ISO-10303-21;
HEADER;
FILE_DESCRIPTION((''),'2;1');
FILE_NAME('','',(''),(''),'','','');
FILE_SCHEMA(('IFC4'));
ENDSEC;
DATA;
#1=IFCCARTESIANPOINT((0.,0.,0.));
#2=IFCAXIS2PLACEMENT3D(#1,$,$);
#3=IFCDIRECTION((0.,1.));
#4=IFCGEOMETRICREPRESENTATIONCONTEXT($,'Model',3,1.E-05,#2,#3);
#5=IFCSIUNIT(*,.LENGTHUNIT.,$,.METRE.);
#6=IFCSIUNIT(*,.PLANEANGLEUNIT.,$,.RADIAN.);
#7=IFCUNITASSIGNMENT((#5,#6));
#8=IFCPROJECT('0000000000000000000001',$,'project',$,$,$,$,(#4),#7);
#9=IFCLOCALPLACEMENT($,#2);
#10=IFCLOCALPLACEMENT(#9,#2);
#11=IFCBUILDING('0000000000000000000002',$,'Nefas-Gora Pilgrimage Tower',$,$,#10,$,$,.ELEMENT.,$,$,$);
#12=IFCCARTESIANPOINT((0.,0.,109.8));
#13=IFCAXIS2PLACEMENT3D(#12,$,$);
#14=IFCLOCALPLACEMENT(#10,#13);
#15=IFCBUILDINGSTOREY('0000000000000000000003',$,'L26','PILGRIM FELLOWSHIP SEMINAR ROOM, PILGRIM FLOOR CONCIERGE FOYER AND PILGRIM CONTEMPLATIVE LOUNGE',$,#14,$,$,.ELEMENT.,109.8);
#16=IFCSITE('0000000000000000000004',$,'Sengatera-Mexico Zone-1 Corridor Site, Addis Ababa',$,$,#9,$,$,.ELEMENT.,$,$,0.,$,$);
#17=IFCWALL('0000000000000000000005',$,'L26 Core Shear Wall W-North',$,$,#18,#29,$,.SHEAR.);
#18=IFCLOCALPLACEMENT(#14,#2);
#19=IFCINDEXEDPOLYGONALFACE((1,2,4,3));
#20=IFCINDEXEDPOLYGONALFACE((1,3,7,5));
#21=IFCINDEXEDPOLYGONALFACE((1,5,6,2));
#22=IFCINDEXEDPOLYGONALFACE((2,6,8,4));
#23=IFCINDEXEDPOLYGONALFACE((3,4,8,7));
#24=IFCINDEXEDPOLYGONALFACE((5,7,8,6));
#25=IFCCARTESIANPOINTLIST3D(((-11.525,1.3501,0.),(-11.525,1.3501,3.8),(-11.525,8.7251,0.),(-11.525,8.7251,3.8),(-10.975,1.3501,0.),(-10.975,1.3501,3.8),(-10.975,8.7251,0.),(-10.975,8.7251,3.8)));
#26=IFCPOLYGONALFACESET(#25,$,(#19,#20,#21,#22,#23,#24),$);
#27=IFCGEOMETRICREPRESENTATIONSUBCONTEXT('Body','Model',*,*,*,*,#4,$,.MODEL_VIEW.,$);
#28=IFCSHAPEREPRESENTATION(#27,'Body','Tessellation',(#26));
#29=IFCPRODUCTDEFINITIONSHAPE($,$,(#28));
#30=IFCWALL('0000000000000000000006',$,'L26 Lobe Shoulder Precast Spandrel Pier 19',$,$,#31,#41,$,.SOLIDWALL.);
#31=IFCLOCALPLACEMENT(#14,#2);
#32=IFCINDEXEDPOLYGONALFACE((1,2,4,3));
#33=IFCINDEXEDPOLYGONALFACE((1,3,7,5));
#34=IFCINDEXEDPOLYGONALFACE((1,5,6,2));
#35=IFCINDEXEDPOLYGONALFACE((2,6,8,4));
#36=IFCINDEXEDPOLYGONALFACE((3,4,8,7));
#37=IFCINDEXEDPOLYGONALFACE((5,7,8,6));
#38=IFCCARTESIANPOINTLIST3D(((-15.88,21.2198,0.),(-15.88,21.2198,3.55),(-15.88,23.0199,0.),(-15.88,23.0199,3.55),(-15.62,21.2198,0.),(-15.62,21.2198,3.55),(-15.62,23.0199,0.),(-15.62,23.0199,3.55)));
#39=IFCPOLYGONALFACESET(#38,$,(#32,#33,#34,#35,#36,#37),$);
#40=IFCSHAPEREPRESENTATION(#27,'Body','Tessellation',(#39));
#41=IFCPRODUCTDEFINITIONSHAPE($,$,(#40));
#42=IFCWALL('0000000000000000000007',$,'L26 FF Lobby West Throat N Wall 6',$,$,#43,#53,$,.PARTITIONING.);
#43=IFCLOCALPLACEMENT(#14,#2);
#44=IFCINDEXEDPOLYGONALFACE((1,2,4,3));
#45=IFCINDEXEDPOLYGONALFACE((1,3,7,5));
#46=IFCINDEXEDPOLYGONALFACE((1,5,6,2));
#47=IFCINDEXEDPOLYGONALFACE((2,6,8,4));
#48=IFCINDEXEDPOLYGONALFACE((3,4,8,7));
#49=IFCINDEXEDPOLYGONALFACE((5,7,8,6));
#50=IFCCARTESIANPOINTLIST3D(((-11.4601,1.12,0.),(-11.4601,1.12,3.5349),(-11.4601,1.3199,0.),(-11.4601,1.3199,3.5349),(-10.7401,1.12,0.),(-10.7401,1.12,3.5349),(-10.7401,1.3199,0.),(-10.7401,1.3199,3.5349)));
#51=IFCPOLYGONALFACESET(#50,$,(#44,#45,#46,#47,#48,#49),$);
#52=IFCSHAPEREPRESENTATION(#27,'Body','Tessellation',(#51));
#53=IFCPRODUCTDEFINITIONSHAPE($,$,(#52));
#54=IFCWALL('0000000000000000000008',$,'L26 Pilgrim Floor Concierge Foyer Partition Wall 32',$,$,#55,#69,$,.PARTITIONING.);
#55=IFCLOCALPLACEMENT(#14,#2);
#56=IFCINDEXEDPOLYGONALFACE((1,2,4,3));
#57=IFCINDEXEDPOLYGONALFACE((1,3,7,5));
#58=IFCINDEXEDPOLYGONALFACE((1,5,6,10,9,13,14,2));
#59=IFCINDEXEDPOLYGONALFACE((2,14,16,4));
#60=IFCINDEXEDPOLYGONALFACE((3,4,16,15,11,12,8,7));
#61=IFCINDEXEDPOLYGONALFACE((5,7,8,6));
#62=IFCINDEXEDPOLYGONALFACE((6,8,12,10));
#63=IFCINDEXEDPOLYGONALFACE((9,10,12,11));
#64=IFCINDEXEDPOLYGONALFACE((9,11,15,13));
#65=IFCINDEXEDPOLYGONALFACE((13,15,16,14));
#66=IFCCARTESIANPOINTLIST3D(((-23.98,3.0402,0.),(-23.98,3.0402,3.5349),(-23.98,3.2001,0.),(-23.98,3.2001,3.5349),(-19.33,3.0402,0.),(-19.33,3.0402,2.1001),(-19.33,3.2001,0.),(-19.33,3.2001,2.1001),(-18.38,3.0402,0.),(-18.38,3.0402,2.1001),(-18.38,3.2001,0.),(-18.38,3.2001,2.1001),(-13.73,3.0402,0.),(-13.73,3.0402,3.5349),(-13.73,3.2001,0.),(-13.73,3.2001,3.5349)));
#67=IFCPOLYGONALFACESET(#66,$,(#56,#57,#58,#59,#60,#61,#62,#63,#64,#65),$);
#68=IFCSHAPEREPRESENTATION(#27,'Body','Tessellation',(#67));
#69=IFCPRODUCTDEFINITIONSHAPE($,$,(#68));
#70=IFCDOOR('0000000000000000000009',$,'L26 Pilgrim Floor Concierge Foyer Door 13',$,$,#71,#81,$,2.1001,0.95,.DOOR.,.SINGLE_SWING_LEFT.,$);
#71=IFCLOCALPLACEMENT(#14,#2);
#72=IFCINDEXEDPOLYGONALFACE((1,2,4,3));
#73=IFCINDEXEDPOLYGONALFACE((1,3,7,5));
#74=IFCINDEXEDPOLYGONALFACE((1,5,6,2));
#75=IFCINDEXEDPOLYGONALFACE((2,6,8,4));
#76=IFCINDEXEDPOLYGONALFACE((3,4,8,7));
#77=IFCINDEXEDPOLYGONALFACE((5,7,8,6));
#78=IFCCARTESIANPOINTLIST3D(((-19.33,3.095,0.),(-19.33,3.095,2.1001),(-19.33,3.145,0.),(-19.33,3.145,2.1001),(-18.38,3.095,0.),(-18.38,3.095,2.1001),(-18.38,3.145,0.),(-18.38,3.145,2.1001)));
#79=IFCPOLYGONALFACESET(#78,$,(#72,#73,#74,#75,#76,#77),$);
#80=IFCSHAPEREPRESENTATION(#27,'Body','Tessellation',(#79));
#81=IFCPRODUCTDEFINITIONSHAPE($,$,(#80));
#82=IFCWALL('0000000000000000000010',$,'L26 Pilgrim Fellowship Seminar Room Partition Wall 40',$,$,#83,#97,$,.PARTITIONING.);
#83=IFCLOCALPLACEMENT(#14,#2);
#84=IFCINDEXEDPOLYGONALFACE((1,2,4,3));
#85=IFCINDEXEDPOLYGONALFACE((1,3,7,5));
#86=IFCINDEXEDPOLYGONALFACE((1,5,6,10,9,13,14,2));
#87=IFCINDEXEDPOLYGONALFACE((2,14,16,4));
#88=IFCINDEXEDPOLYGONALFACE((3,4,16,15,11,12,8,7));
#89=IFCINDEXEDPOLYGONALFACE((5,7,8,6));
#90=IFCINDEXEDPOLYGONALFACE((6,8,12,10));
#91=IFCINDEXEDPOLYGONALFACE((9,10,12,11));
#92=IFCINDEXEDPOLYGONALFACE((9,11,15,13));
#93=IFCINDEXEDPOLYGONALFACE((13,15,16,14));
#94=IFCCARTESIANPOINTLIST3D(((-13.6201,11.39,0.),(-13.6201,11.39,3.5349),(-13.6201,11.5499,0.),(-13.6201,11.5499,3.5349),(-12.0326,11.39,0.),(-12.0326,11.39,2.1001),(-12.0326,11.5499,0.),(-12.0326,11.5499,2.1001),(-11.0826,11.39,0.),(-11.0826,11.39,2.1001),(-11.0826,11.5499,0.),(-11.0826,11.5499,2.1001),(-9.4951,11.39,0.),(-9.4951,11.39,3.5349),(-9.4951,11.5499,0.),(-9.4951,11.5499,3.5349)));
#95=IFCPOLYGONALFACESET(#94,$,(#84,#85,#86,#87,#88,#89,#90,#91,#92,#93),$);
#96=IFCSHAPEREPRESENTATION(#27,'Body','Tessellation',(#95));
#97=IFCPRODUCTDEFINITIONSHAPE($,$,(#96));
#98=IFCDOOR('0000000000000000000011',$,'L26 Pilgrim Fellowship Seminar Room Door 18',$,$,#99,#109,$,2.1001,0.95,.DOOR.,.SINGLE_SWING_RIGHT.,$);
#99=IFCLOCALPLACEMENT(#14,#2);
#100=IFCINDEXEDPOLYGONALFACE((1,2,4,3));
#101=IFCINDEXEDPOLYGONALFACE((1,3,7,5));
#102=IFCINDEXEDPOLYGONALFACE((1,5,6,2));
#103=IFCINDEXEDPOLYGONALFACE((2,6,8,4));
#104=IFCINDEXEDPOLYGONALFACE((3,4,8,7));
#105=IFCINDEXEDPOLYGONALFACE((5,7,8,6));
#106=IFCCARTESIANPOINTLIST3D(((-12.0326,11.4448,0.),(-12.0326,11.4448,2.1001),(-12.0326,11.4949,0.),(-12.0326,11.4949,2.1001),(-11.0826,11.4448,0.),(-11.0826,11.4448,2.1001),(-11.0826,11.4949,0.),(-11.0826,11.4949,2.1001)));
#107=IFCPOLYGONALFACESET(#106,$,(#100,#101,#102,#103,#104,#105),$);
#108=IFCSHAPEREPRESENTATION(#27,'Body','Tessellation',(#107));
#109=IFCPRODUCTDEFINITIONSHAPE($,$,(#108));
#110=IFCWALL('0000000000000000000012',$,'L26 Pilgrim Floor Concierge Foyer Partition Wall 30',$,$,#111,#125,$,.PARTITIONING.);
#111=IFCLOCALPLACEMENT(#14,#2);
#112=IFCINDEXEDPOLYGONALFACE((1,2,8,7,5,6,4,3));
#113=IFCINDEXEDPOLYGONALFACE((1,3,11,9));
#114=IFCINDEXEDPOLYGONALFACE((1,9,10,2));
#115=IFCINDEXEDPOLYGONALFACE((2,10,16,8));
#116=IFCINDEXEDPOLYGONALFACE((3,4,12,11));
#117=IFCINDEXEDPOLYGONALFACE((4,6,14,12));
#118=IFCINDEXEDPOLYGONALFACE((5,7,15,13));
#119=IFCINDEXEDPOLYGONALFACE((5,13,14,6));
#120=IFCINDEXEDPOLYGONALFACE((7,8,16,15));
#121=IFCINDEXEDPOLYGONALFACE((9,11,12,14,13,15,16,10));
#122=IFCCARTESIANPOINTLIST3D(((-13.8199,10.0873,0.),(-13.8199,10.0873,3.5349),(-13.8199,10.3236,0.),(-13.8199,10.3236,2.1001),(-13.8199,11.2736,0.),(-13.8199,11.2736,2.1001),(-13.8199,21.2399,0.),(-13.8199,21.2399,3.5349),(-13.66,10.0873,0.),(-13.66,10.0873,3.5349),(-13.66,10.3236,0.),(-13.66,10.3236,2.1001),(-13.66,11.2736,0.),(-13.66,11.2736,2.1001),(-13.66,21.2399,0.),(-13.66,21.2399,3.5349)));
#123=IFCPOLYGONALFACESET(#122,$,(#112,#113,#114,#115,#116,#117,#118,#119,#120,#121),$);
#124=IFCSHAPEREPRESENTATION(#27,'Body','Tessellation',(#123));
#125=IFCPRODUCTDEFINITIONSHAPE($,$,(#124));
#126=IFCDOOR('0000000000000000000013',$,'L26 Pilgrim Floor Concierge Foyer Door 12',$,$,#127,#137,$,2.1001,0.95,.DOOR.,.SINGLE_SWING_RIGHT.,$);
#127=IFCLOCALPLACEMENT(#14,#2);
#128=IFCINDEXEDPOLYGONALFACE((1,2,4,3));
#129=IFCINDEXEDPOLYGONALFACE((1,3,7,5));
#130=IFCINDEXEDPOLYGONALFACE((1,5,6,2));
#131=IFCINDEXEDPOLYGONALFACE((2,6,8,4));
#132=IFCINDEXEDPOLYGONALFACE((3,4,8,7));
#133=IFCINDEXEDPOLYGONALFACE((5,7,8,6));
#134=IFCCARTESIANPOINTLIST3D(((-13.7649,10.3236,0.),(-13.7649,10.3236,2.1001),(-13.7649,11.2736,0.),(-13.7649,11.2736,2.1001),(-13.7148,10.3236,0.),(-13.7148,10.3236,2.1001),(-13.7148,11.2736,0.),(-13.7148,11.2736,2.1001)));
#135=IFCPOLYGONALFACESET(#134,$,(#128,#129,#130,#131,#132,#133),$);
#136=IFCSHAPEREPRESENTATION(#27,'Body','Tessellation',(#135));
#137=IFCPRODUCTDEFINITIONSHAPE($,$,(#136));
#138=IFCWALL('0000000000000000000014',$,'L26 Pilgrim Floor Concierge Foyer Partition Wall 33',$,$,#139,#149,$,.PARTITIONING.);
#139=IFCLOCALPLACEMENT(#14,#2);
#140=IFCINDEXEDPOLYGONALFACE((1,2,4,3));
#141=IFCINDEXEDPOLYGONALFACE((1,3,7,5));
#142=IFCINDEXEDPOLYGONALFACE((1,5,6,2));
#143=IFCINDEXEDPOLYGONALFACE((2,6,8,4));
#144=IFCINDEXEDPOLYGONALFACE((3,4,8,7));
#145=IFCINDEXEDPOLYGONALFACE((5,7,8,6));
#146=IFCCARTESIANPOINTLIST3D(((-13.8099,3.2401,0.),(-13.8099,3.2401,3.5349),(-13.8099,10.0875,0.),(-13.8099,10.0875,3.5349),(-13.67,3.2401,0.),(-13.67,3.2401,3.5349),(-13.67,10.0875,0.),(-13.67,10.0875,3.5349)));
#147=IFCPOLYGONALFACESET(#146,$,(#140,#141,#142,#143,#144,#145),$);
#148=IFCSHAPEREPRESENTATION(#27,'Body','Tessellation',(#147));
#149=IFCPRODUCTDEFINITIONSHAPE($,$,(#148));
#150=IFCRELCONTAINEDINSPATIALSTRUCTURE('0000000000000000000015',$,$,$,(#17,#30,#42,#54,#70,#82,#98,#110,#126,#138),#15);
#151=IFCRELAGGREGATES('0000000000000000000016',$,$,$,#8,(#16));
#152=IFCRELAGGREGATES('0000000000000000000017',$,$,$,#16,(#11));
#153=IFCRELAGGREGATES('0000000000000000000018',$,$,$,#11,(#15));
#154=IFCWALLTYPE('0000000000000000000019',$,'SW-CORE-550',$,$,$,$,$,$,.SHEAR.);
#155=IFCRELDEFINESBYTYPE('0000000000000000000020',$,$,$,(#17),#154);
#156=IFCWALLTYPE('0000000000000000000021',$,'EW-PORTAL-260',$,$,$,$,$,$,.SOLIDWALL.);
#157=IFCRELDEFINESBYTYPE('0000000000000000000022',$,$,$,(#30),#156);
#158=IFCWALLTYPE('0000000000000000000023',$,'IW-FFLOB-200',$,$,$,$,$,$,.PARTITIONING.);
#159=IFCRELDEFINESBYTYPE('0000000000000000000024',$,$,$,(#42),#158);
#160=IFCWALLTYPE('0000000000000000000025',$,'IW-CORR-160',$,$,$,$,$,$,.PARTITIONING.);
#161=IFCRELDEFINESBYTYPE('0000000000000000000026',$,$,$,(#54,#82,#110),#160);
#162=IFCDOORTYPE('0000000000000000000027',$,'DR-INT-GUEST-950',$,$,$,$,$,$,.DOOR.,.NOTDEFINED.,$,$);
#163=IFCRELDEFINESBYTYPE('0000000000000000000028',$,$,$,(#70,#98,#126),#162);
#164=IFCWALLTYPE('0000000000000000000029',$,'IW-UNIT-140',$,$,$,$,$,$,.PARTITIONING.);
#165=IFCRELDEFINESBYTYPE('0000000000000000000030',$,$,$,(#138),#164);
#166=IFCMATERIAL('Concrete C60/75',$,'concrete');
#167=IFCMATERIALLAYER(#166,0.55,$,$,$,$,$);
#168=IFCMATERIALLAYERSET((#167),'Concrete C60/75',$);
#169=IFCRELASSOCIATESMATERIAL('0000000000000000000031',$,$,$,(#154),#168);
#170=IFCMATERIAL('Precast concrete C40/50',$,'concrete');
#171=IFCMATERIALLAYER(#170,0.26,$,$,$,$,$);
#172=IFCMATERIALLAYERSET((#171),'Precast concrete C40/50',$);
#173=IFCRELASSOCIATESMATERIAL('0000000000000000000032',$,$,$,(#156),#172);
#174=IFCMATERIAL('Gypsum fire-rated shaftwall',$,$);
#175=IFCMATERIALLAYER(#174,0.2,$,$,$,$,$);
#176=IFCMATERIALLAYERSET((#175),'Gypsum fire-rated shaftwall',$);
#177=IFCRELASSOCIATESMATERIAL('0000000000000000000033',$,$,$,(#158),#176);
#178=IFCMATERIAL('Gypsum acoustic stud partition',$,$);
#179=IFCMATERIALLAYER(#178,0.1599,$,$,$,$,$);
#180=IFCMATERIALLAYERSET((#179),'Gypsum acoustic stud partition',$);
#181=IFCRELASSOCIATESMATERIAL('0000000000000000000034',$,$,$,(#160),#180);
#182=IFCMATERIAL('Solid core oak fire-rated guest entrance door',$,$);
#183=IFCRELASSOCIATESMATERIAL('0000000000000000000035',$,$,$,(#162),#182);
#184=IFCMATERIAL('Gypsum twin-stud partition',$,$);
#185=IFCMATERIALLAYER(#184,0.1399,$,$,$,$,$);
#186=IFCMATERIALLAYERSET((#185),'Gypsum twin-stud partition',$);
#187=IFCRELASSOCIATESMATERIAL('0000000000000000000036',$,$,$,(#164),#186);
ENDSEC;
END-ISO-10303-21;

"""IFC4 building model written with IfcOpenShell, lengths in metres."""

from ifc_helpers import new_model, si_unit, direction, frame, frame_2d, origin, place, context, subcontext, project, spatial, rectangle, extrude, source, transform, mapped, material, layer, layer_set, type_object, element, fill, save


model = new_model("IFC4")

# Units and contexts
model_context = context("Model", 3, precision=1e-05, world=origin(), true_north=direction((0.0, 1.0)))
body_context = subcontext(model_context, "Body", "Model", "MODEL_VIEW")
ifc_project = project(units=[si_unit("LENGTHUNIT", "METRE"), si_unit("PLANEANGLEUNIT", "RADIAN")], contexts=[model_context])

# Site, building, storey
site_placement = place(None, origin())
site = spatial("IfcSite", under=ifc_project, at=site_placement, Name="Sengatera-Mexico Zone-1 Corridor Site, Addis Ababa", CompositionType="ELEMENT", RefElevation=0.0)
building_placement = place(site_placement, origin())
building = spatial("IfcBuilding", under=site, at=building_placement, Name="Nefas-Gora Pilgrimage Tower", CompositionType="ELEMENT")
storey_placement = place(building_placement, frame((0.0, 0.0, 109.8)))
storey = spatial("IfcBuildingStorey", under=building, at=storey_placement, Name="L26", Description="PILGRIM FELLOWSHIP SEMINAR ROOM, PILGRIM FLOOR CONCIERGE FOYER AND PILGRIM CONTEMPLATIVE LOUNGE", CompositionType="ELEMENT", Elevation=109.8)

# Walls
ifc_material_1 = material(Name="Concrete C60/75", Category="concrete")
ifc_layer_1 = layer(ifc_material_1, 0.55)
ifc_layer_set_1 = layer_set([ifc_layer_1], Name="Concrete C60/75")
wall_type_1 = type_object("IfcWallType", Name="SW-CORE-550", PredefinedType="SHEAR", material=ifc_layer_set_1)
shared_shape_1 = source(origin(), body_context, "Body", "SweptSolid", [
    extrude(rectangle(XDim=7.375, YDim=0.55, at=frame_2d((3.6875, 0.0))), origin(), (0.0, 0.0, 1.0), 3.8),
])
wall_1_placement = place(storey_placement, frame((-11.25, 1.3501, 0.0), z_axis=(0.0, 0.0, 1.0), x_axis=(0.0, 1.0, 0.0)))
element("IfcWall", 1, at=wall_1_placement, inside=storey, type_object=wall_type_1, Name="L26 Core Shear Wall W-North", PredefinedType="SHEAR", context=body_context, shape_type="MappedRepresentation", body=[
    mapped(shared_shape_1, transform((0.0, 0.0, 0.0), x_axis=(1.0, 0.0, 0.0), y_axis=(0.0, 1.0, 0.0), z_axis=(0.0, 0.0, 1.0), scale=1.0)),
])
ifc_material_2 = material(Name="Precast concrete C40/50", Category="concrete")
ifc_layer_2 = layer(ifc_material_2, 0.26)
ifc_layer_set_2 = layer_set([ifc_layer_2], Name="Precast concrete C40/50")
wall_type_2 = type_object("IfcWallType", Name="EW-PORTAL-260", PredefinedType="SOLIDWALL", material=ifc_layer_set_2)
shared_shape_2 = source(origin(), body_context, "Body", "SweptSolid", [
    extrude(rectangle(XDim=1.8, YDim=0.26, at=frame_2d((0.8999, 0.0))), origin(), (0.0, 0.0, 1.0), 3.55),
])
wall_2_placement = place(storey_placement, frame((-15.75, 21.22, 0.0), z_axis=(0.0, 0.0, 1.0), x_axis=(0.0, 1.0, 0.0)))
element("IfcWall", 2, at=wall_2_placement, inside=storey, type_object=wall_type_2, Name="L26 Lobe Shoulder Precast Spandrel Pier 19", PredefinedType="SOLIDWALL", context=body_context, shape_type="MappedRepresentation", body=[
    mapped(shared_shape_2, transform((0.0, 0.0, 0.0), x_axis=(1.0, 0.0, 0.0), y_axis=(0.0, 1.0, 0.0), z_axis=(0.0, 0.0, 1.0), scale=1.0)),
])
ifc_material_3 = material(Name="Gypsum fire-rated shaftwall")
ifc_layer_3 = layer(ifc_material_3, 0.2)
ifc_layer_set_3 = layer_set([ifc_layer_3], Name="Gypsum fire-rated shaftwall")
wall_type_3 = type_object("IfcWallType", Name="IW-FFLOB-200", PredefinedType="PARTITIONING", material=ifc_layer_set_3)
shared_shape_3 = source(origin(), body_context, "Body", "SweptSolid", [
    extrude(rectangle(XDim=0.72, YDim=0.2, at=frame_2d((0.3599, 0.0))), origin(), (0.0, 0.0, 1.0), 3.5349),
])
wall_3_placement = place(storey_placement, frame((-11.46, 1.22, 0.0), z_axis=(0.0, 0.0, 1.0), x_axis=(1.0, 0.0, 0.0)))
element("IfcWall", 3, at=wall_3_placement, inside=storey, type_object=wall_type_3, Name="L26 FF Lobby West Throat N Wall 6", PredefinedType="PARTITIONING", context=body_context, shape_type="MappedRepresentation", body=[
    mapped(shared_shape_3, transform((0.0, 0.0, 0.0), x_axis=(1.0, 0.0, 0.0), y_axis=(0.0, 1.0, 0.0), z_axis=(0.0, 0.0, 1.0), scale=1.0)),
])

# Walls, openings, doors
ifc_material_4 = material(Name="Gypsum acoustic stud partition")
ifc_layer_4 = layer(ifc_material_4, 0.1599)
ifc_layer_set_4 = layer_set([ifc_layer_4], Name="Gypsum acoustic stud partition")
wall_type_4 = type_object("IfcWallType", Name="IW-CORR-160", PredefinedType="PARTITIONING", material=ifc_layer_set_4)
shared_shape_4 = source(origin(), body_context, "Body", "SweptSolid", [
    extrude(rectangle(XDim=10.25, YDim=0.1599, at=frame_2d((5.125, 0.0))), origin(), (0.0, 0.0, 1.0), 3.5349),
])
wall_4_placement = place(storey_placement, frame((-23.98, 3.1201, 0.0), z_axis=(0.0, 0.0, 1.0), x_axis=(1.0, 0.0, 0.0)))
wall_4 = element("IfcWall", 4, at=wall_4_placement, inside=storey, type_object=wall_type_4, Name="L26 Pilgrim Floor Concierge Foyer Partition Wall 32", PredefinedType="PARTITIONING", context=body_context, shape_type="MappedRepresentation", body=[
    mapped(shared_shape_4, transform((0.0, 0.0, 0.0), x_axis=(1.0, 0.0, 0.0), y_axis=(0.0, 1.0, 0.0), z_axis=(0.0, 0.0, 1.0), scale=1.0)),
])
opening_1_placement = place(wall_4_placement, frame((4.6499, 0.0, 0.0)))
opening_1 = element("IfcOpeningElement", 5, at=opening_1_placement, cuts=wall_4, PredefinedType="OPENING", context=body_context, shape_type="SweptSolid", body=[
    extrude(rectangle(XDim=0.95, YDim=2.1001, at=frame_2d((0.4751, 1.05))), frame((0.0, 0.0898, 0.0), z_axis=(0.0, -1.0, 0.0), x_axis=(1.0, 0.0, 0.0)), (0.0, 0.0, 1.0), 0.1799),
])
ifc_material_5 = material(Name="Solid core oak fire-rated guest entrance door")
door_type = type_object("IfcDoorType", Name="DR-INT-GUEST-950", OperationType="NOTDEFINED", PredefinedType="DOOR", material=ifc_material_5)
shared_shape_5 = source(origin(), body_context, "Body", "SweptSolid", [
    extrude(rectangle(XDim=0.95, YDim=2.1001, at=frame_2d((0.4751, 1.05))), frame((0.0, 0.0249, 0.0), z_axis=(0.0, -1.0, 0.0), x_axis=(1.0, 0.0, 0.0)), (0.0, 0.0, 1.0), 0.05),
])
door_1_placement = place(opening_1_placement, origin())
door_1 = element("IfcDoor", 6, at=door_1_placement, inside=storey, type_object=door_type, Name="L26 Pilgrim Floor Concierge Foyer Door 13", OperationType="SINGLE_SWING_LEFT", OverallHeight=2.1001, OverallWidth=0.95, PredefinedType="DOOR", context=body_context, shape_type="MappedRepresentation", body=[
    mapped(shared_shape_5, transform((0.0, 0.0, 0.0), x_axis=(1.0, 0.0, 0.0), y_axis=(0.0, 1.0, 0.0), z_axis=(0.0, 0.0, 1.0), scale=1.0)),
])
fill(opening_1, door_1)
shared_shape_6 = source(origin(), body_context, "Body", "SweptSolid", [
    extrude(rectangle(XDim=4.125, YDim=0.1599, at=frame_2d((2.0625, 0.0))), origin(), (0.0, 0.0, 1.0), 3.5349),
])
wall_5_placement = place(storey_placement, frame((-13.6201, 11.47, 0.0), z_axis=(0.0, 0.0, 1.0), x_axis=(1.0, 0.0, 0.0)))
wall_5 = element("IfcWall", 7, at=wall_5_placement, inside=storey, type_object=wall_type_4, Name="L26 Pilgrim Fellowship Seminar Room Partition Wall 40", PredefinedType="PARTITIONING", context=body_context, shape_type="MappedRepresentation", body=[
    mapped(shared_shape_6, transform((0.0, 0.0, 0.0), x_axis=(1.0, 0.0, 0.0), y_axis=(0.0, 1.0, 0.0), z_axis=(0.0, 0.0, 1.0), scale=1.0)),
])
opening_2_placement = place(wall_5_placement, frame((1.5874, 0.0, 0.0)))
opening_2 = element("IfcOpeningElement", 8, at=opening_2_placement, cuts=wall_5, PredefinedType="OPENING", context=body_context, shape_type="SweptSolid", body=[
    extrude(rectangle(XDim=0.95, YDim=2.1001, at=frame_2d((0.4751, 1.05))), frame((0.0, 0.0898, 0.0), z_axis=(0.0, -1.0, 0.0), x_axis=(1.0, 0.0, 0.0)), (0.0, 0.0, 1.0), 0.1799),
])
door_2_placement = place(opening_2_placement, origin())
door_2 = element("IfcDoor", 9, at=door_2_placement, inside=storey, type_object=door_type, Name="L26 Pilgrim Fellowship Seminar Room Door 18", OperationType="SINGLE_SWING_RIGHT", OverallHeight=2.1001, OverallWidth=0.95, PredefinedType="DOOR", context=body_context, shape_type="MappedRepresentation", body=[
    mapped(shared_shape_5, transform((0.0, 0.0, 0.0), x_axis=(1.0, 0.0, 0.0), y_axis=(0.0, 1.0, 0.0), z_axis=(0.0, 0.0, 1.0), scale=1.0)),
])
fill(opening_2, door_2)
shared_shape_7 = source(origin(), body_context, "Body", "SweptSolid", [
    extrude(rectangle(XDim=11.1526, YDim=0.1599, at=frame_2d((5.5762, 0.0))), origin(), (0.0, 0.0, 1.0), 3.5349),
])
wall_6_placement = place(storey_placement, frame((-13.74, 10.0874, 0.0), z_axis=(0.0, 0.0, 1.0), x_axis=(0.0, 1.0, 0.0)))
wall_6 = element("IfcWall", 10, at=wall_6_placement, inside=storey, type_object=wall_type_4, Name="L26 Pilgrim Floor Concierge Foyer Partition Wall 30", PredefinedType="PARTITIONING", context=body_context, shape_type="MappedRepresentation", body=[
    mapped(shared_shape_7, transform((0.0, 0.0, 0.0), x_axis=(1.0, 0.0, 0.0), y_axis=(0.0, 1.0, 0.0), z_axis=(0.0, 0.0, 1.0), scale=1.0)),
])
opening_3_placement = place(wall_6_placement, frame((0.2361, 0.0, 0.0)))
opening_3 = element("IfcOpeningElement", 11, at=opening_3_placement, cuts=wall_6, PredefinedType="OPENING", context=body_context, shape_type="SweptSolid", body=[
    extrude(rectangle(XDim=0.95, YDim=2.1001, at=frame_2d((0.4751, 1.05))), frame((0.0, 0.0898, 0.0), z_axis=(0.0, -1.0, 0.0), x_axis=(1.0, 0.0, 0.0)), (0.0, 0.0, 1.0), 0.1799),
])
door_3_placement = place(opening_3_placement, origin())
door_3 = element("IfcDoor", 12, at=door_3_placement, inside=storey, type_object=door_type, Name="L26 Pilgrim Floor Concierge Foyer Door 12", OperationType="SINGLE_SWING_RIGHT", OverallHeight=2.1001, OverallWidth=0.95, PredefinedType="DOOR", context=body_context, shape_type="MappedRepresentation", body=[
    mapped(shared_shape_5, transform((0.0, 0.0, 0.0), x_axis=(1.0, 0.0, 0.0), y_axis=(0.0, 1.0, 0.0), z_axis=(0.0, 0.0, 1.0), scale=1.0)),
])
fill(opening_3, door_3)

# Wall
ifc_material_6 = material(Name="Gypsum twin-stud partition")
ifc_layer_5 = layer(ifc_material_6, 0.1399)
ifc_layer_set_5 = layer_set([ifc_layer_5], Name="Gypsum twin-stud partition")
wall_type_5 = type_object("IfcWallType", Name="IW-UNIT-140", PredefinedType="PARTITIONING", material=ifc_layer_set_5)
shared_shape_8 = source(origin(), body_context, "Body", "SweptSolid", [
    extrude(rectangle(XDim=6.8474, YDim=0.1399, at=frame_2d((3.4238, 0.0))), origin(), (0.0, 0.0, 1.0), 3.5349),
])
wall_7_placement = place(storey_placement, frame((-13.74, 3.24, 0.0), z_axis=(0.0, 0.0, 1.0), x_axis=(0.0, 1.0, 0.0)))
element("IfcWall", 13, at=wall_7_placement, inside=storey, type_object=wall_type_5, Name="L26 Pilgrim Floor Concierge Foyer Partition Wall 33", PredefinedType="PARTITIONING", context=body_context, shape_type="MappedRepresentation", body=[
    mapped(shared_shape_8, transform((0.0, 0.0, 0.0), x_axis=(1.0, 0.0, 0.0), y_axis=(0.0, 1.0, 0.0), z_axis=(0.0, 0.0, 1.0), scale=1.0)),
])

save(model, "model.ifc")
